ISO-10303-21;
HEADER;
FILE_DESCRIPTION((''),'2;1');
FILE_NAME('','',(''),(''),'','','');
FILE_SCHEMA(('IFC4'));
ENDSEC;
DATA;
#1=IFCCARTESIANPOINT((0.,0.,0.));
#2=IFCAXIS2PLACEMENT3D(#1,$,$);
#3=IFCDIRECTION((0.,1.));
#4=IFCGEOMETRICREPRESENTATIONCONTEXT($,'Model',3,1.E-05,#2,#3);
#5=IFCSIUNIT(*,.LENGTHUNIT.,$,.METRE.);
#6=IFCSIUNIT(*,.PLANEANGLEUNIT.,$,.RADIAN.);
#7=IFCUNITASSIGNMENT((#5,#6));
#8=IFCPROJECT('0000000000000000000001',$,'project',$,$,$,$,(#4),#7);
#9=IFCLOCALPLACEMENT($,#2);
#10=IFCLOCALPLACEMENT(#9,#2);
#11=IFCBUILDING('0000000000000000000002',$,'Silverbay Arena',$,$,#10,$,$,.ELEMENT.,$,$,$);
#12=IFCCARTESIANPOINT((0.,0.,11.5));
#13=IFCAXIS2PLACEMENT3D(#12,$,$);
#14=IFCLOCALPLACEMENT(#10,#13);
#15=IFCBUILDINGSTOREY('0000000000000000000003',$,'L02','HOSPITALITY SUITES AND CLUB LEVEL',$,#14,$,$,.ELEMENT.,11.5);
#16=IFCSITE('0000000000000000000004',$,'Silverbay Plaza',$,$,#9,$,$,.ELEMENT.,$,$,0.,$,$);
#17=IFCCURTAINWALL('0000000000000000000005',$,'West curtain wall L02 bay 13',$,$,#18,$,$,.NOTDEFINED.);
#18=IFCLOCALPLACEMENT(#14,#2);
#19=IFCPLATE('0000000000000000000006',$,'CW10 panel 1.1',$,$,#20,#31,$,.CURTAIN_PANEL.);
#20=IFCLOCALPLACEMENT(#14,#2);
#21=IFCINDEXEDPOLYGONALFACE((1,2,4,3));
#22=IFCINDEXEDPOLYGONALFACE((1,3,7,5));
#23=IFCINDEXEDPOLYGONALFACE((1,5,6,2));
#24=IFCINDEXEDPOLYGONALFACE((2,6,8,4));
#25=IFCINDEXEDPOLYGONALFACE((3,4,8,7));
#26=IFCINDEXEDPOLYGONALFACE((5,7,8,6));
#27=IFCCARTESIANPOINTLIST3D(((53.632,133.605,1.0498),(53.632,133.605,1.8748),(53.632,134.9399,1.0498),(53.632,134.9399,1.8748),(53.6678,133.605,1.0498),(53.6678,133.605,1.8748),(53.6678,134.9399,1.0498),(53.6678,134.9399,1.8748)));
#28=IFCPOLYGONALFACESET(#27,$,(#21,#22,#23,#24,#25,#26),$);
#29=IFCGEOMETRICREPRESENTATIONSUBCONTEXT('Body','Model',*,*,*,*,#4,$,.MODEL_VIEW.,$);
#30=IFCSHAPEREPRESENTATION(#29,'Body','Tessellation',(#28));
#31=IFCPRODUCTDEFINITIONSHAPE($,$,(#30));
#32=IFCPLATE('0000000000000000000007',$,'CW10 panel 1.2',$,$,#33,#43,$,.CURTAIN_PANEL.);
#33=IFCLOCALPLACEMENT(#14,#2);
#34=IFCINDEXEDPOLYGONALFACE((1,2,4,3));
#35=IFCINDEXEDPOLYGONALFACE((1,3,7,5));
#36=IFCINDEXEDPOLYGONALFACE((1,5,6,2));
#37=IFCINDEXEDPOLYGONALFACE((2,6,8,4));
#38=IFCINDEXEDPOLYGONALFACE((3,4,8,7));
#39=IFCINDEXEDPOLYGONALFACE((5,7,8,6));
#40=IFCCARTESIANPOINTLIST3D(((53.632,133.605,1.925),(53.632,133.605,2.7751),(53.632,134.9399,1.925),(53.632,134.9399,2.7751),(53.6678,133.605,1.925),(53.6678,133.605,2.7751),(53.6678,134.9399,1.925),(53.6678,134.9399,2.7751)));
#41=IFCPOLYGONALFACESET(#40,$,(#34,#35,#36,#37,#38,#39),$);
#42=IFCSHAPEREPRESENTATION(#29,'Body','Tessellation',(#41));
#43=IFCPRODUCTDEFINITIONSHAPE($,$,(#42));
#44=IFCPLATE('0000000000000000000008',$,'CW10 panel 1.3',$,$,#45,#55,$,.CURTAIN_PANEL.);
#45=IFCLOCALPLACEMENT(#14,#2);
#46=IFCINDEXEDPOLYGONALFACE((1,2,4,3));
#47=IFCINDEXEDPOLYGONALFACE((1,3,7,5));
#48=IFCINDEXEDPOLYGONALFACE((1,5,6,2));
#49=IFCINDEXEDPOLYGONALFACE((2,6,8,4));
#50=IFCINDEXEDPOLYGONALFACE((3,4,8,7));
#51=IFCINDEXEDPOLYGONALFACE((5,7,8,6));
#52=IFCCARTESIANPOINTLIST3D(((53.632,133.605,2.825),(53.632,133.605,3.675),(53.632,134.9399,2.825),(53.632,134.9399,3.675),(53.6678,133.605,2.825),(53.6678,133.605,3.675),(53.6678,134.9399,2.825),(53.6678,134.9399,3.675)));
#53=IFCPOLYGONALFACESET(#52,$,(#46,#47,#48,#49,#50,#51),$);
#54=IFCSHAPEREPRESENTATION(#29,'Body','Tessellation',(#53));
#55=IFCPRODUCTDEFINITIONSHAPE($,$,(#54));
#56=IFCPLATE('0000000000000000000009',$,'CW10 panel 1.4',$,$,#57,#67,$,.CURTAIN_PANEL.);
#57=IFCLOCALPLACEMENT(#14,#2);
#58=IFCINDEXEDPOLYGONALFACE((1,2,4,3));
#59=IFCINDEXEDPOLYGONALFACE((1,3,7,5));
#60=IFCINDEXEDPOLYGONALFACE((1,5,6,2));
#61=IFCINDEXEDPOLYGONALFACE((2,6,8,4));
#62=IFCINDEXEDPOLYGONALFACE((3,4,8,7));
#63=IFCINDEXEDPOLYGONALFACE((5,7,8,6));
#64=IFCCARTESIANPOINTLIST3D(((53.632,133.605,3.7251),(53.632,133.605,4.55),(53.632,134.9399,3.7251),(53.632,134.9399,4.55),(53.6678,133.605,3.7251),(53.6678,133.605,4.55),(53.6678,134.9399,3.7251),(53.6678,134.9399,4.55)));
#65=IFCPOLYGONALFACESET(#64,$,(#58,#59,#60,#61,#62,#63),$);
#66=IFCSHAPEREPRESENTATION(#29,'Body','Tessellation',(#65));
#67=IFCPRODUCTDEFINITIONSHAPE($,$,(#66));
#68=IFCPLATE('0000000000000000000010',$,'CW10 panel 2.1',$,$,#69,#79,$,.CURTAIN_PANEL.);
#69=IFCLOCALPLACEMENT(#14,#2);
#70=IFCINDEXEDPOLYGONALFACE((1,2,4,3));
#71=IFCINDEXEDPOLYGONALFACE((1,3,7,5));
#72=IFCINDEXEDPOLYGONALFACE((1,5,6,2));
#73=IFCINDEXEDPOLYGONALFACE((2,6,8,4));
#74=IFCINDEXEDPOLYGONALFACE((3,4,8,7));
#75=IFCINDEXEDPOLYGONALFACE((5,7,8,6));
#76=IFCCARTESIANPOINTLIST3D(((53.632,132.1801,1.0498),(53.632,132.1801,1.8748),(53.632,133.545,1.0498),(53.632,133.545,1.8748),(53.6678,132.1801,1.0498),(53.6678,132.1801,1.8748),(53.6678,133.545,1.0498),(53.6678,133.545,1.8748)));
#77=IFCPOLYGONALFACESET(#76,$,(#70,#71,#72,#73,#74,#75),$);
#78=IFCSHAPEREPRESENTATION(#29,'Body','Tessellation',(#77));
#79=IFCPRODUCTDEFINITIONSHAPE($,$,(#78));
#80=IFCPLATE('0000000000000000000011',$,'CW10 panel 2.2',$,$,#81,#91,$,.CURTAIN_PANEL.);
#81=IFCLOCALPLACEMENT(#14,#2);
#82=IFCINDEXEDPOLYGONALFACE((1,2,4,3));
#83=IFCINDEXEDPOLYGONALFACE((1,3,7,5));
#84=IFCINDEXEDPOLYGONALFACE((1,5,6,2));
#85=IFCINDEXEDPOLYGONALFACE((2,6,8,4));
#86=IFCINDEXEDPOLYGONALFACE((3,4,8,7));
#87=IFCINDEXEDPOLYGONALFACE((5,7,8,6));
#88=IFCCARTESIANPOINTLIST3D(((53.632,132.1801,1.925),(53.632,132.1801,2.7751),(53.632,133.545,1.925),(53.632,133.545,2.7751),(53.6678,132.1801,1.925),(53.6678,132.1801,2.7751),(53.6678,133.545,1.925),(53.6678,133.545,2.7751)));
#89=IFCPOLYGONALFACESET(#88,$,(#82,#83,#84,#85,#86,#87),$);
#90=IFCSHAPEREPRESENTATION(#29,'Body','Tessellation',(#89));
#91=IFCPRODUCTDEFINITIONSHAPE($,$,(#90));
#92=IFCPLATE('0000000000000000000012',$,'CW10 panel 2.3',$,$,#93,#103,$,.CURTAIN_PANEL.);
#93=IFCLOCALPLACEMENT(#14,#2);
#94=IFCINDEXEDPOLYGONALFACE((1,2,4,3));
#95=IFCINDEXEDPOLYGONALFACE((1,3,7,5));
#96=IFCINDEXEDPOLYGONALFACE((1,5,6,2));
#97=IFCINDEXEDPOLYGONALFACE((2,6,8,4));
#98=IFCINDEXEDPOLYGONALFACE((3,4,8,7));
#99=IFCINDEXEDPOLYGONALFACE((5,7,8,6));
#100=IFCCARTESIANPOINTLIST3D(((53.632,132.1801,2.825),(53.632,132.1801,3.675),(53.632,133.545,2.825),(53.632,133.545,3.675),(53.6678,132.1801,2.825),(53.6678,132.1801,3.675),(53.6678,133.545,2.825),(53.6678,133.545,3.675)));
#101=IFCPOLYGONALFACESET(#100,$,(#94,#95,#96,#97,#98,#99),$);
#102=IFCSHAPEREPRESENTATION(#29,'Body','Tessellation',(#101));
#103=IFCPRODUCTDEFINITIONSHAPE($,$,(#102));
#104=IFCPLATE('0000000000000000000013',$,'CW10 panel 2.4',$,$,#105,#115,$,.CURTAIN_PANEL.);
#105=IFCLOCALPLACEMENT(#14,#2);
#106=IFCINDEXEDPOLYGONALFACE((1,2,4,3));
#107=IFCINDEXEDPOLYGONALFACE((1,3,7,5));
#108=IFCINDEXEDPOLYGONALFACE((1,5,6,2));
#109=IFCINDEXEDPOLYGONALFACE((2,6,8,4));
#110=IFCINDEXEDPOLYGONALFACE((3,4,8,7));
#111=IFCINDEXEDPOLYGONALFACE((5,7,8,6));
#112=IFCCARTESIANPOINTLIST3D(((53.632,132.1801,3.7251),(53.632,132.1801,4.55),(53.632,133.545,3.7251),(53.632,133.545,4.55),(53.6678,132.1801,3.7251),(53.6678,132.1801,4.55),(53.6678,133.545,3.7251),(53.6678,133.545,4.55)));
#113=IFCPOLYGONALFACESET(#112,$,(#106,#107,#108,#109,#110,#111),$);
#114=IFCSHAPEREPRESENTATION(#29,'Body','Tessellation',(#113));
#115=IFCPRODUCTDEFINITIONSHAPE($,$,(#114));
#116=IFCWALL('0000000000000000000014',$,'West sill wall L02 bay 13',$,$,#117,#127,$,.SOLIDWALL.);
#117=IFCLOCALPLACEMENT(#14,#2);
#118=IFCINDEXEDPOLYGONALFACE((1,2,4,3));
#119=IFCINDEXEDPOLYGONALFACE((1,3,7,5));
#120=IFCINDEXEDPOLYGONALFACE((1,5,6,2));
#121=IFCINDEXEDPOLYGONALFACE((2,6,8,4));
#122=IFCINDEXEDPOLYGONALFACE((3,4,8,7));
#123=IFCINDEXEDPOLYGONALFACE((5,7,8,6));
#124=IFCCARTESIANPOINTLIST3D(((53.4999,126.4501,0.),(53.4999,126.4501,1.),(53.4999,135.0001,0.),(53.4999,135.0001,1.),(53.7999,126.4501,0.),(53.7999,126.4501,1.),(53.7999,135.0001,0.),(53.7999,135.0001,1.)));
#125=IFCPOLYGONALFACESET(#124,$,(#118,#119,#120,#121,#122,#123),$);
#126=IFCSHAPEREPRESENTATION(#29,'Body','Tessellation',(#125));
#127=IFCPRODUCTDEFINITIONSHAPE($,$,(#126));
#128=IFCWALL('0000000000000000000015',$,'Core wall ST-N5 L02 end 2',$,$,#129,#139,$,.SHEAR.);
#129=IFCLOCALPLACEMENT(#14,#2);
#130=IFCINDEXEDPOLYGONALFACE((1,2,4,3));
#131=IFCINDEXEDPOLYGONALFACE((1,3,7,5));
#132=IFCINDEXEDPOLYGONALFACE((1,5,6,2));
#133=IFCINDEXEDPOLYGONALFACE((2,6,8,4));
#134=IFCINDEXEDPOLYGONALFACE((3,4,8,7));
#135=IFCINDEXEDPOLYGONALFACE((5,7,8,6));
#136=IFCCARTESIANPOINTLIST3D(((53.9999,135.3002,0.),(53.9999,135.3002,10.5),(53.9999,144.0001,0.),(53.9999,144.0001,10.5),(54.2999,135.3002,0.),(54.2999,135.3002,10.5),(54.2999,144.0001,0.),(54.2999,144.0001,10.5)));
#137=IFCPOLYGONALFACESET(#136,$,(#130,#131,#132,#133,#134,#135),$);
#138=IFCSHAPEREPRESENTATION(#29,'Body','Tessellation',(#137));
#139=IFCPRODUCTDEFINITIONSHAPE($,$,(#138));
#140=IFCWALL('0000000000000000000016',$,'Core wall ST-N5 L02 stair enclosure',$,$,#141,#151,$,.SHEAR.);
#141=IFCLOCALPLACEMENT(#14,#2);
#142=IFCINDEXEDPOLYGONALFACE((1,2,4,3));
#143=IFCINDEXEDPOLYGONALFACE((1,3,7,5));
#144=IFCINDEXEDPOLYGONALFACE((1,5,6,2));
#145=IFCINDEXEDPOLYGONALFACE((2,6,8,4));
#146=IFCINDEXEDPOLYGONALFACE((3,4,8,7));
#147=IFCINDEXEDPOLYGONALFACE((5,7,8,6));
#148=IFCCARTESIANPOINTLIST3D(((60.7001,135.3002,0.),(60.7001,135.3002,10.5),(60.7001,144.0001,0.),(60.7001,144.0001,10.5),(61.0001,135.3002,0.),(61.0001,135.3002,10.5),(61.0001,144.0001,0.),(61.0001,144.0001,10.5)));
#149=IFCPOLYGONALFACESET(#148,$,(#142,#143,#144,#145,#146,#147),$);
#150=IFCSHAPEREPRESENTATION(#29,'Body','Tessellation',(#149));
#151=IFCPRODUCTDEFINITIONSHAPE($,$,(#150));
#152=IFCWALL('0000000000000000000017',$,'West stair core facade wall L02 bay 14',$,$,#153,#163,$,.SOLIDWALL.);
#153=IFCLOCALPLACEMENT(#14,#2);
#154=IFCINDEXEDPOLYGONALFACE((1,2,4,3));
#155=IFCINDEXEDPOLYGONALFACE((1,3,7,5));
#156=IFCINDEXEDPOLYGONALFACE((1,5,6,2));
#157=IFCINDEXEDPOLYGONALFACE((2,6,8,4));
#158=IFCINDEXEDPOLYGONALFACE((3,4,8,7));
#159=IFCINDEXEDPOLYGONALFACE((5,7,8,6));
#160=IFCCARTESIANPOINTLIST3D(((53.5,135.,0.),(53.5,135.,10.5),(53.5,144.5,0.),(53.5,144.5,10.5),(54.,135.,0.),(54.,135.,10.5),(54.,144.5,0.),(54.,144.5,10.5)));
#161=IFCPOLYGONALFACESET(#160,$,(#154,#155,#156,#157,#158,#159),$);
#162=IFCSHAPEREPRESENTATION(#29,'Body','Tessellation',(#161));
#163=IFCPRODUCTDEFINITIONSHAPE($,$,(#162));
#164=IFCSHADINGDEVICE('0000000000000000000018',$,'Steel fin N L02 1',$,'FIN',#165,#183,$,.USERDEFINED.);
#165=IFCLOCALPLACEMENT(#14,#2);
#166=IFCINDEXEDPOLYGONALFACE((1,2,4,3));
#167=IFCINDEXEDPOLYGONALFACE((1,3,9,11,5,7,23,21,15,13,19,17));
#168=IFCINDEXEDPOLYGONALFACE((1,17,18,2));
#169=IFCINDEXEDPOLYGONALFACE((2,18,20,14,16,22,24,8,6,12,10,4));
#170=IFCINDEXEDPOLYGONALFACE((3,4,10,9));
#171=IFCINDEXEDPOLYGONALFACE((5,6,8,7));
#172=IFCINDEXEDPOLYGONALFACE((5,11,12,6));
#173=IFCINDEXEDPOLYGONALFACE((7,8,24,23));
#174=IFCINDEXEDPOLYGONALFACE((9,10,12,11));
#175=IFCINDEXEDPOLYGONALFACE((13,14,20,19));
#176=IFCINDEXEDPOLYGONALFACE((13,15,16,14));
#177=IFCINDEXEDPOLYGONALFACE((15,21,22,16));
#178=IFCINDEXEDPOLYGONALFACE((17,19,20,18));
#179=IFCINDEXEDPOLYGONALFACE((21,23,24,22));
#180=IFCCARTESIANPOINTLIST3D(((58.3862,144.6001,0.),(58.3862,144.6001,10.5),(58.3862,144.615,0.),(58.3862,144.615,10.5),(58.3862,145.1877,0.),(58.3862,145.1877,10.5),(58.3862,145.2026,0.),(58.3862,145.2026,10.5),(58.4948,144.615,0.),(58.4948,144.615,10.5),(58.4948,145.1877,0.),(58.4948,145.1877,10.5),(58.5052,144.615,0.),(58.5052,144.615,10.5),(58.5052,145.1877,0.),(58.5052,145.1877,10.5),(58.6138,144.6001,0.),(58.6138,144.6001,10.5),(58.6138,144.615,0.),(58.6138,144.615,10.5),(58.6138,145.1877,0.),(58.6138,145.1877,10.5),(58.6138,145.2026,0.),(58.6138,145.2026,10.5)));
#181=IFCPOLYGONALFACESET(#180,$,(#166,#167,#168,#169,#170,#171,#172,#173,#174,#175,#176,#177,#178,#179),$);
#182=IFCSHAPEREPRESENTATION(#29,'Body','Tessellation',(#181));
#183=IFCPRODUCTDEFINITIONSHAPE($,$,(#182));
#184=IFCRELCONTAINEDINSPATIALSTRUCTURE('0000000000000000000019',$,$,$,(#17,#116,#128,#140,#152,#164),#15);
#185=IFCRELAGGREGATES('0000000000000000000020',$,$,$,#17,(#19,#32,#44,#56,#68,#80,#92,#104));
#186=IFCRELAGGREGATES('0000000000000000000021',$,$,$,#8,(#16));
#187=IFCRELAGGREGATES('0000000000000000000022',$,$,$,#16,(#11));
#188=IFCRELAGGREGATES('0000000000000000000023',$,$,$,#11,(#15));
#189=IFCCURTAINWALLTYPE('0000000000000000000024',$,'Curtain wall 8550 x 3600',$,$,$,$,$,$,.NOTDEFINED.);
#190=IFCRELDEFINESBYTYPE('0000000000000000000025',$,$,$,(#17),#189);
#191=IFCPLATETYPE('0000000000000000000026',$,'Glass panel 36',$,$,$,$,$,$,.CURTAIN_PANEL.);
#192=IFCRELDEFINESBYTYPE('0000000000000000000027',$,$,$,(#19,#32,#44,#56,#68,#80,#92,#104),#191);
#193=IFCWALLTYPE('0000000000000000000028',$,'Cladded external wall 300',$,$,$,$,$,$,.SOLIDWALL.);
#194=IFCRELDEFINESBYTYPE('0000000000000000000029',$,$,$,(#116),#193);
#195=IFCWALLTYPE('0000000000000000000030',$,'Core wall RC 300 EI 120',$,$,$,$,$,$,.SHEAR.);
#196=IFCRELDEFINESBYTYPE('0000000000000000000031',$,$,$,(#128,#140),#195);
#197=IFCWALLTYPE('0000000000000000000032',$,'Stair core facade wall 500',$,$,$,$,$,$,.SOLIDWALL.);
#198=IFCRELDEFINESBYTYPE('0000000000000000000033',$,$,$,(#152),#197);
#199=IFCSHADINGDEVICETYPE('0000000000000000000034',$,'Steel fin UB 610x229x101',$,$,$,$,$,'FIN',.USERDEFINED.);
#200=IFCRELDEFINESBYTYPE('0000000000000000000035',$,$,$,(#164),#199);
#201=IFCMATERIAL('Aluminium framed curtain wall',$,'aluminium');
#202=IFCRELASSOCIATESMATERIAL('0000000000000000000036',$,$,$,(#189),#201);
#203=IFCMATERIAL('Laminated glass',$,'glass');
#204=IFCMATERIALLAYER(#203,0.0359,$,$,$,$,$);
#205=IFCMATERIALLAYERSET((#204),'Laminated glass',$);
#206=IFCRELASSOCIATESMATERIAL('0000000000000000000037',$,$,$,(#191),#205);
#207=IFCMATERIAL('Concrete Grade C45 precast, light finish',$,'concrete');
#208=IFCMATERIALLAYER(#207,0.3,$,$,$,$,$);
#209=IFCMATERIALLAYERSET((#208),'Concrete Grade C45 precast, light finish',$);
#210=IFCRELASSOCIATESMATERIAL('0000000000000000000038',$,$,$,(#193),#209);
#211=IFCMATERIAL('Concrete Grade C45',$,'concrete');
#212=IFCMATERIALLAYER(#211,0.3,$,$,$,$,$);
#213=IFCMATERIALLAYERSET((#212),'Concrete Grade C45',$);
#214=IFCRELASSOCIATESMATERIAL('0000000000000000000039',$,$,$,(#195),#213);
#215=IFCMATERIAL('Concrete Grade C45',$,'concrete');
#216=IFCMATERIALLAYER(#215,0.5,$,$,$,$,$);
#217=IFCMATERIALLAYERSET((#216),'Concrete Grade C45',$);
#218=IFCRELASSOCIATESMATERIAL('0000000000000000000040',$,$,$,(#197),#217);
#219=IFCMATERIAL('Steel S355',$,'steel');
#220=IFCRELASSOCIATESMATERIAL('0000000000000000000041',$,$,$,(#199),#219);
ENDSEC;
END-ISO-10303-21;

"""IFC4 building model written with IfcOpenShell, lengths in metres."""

from ifc_helpers import new_model, si_unit, direction, frame, frame_2d, origin, origin_2d, place, context, subcontext, project, spatial, rectangle, i_section, extrude, material, layer, layer_set, material_profile, profile_set, type_object, element, aggregate, save


model = new_model("IFC4")

# Units and contexts
model_context = context("Model", 3, precision=1e-05, world=origin(), true_north=direction((0.0, 1.0)))
body_context = subcontext(model_context, "Body", "Model", "MODEL_VIEW")
ifc_project = project(units=[si_unit("LENGTHUNIT", "METRE"), si_unit("PLANEANGLEUNIT", "RADIAN")], contexts=[model_context])

# Site, building, storey
site_placement = place(None, origin())
site = spatial("IfcSite", under=ifc_project, at=site_placement, Name="Silverbay Plaza", CompositionType="ELEMENT", RefElevation=0.0)
building_placement = place(site_placement, origin())
building = spatial("IfcBuilding", under=site, at=building_placement, Name="Silverbay Arena", CompositionType="ELEMENT")
storey_placement = place(building_placement, frame((0.0, 0.0, 11.5)))
storey = spatial("IfcBuildingStorey", under=building, at=storey_placement, Name="L02", Description="HOSPITALITY SUITES AND CLUB LEVEL", CompositionType="ELEMENT", Elevation=11.5)

# Curtain wall, plates
ifc_material_1 = material(Name="Aluminium framed curtain wall", Category="aluminium")
curtain_wall_type = type_object("IfcCurtainWallType", Name="Curtain wall 8550 x 3600", PredefinedType="NOTDEFINED", material=ifc_material_1)
curtain_wall_placement = place(storey_placement, origin())
curtain_wall = element("IfcCurtainWall", 1, at=curtain_wall_placement, inside=storey, type_object=curtain_wall_type, Name="West curtain wall L02 bay 13", PredefinedType="NOTDEFINED")
ifc_material_2 = material(Name="Laminated glass", Category="glass")
ifc_layer_1 = layer(ifc_material_2, 0.0359)
ifc_layer_set_1 = layer_set([ifc_layer_1], Name="Laminated glass")
plate_type = type_object("IfcPlateType", Name="Glass panel 36", PredefinedType="CURTAIN_PANEL", material=ifc_layer_set_1)
plate_1_placement = place(storey_placement, frame((53.6499, 134.2725, 1.0498), z_axis=(0.0, 0.0, 1.0), x_axis=(0.0, -1.0, 0.0)))
plate_1 = element("IfcPlate", 2, at=plate_1_placement, type_object=plate_type, Name="CW10 panel 1.1", PredefinedType="CURTAIN_PANEL", context=body_context, shape_type="SweptSolid", body=[
    extrude(rectangle(XDim=1.335, YDim=0.0359, at=origin_2d()), origin(), (0.0, 0.0, 1.0), 0.825),
])
plate_2_placement = place(storey_placement, frame((53.6499, 134.2725, 1.925), z_axis=(0.0, 0.0, 1.0), x_axis=(0.0, -1.0, 0.0)))
plate_2 = element("IfcPlate", 3, at=plate_2_placement, type_object=plate_type, Name="CW10 panel 1.2", PredefinedType="CURTAIN_PANEL", context=body_context, shape_type="SweptSolid", body=[
    extrude(rectangle(XDim=1.335, YDim=0.0359, at=origin_2d()), origin(), (0.0, 0.0, 1.0), 0.8501),
])
plate_3_placement = place(storey_placement, frame((53.6499, 134.2725, 2.825), z_axis=(0.0, 0.0, 1.0), x_axis=(0.0, -1.0, 0.0)))
plate_3 = element("IfcPlate", 4, at=plate_3_placement, type_object=plate_type, Name="CW10 panel 1.3", PredefinedType="CURTAIN_PANEL", context=body_context, shape_type="SweptSolid", body=[
    extrude(rectangle(XDim=1.335, YDim=0.0359, at=origin_2d()), origin(), (0.0, 0.0, 1.0), 0.8501),
])
plate_4_placement = place(storey_placement, frame((53.6499, 134.2725, 3.7251), z_axis=(0.0, 0.0, 1.0), x_axis=(0.0, -1.0, 0.0)))
plate_4 = element("IfcPlate", 5, at=plate_4_placement, type_object=plate_type, Name="CW10 panel 1.4", PredefinedType="CURTAIN_PANEL", context=body_context, shape_type="SweptSolid", body=[
    extrude(rectangle(XDim=1.335, YDim=0.0359, at=origin_2d()), origin(), (0.0, 0.0, 1.0), 0.825),
])
plate_5_placement = place(storey_placement, frame((53.6499, 132.8625, 1.0498), z_axis=(0.0, 0.0, 1.0), x_axis=(0.0, -1.0, 0.0)))
plate_5 = element("IfcPlate", 6, at=plate_5_placement, type_object=plate_type, Name="CW10 panel 2.1", PredefinedType="CURTAIN_PANEL", context=body_context, shape_type="SweptSolid", body=[
    extrude(rectangle(XDim=1.365, YDim=0.0359, at=origin_2d()), origin(), (0.0, 0.0, 1.0), 0.825),
])
plate_6_placement = place(storey_placement, frame((53.6499, 132.8625, 1.925), z_axis=(0.0, 0.0, 1.0), x_axis=(0.0, -1.0, 0.0)))
plate_6 = element("IfcPlate", 7, at=plate_6_placement, type_object=plate_type, Name="CW10 panel 2.2", PredefinedType="CURTAIN_PANEL", context=body_context, shape_type="SweptSolid", body=[
    extrude(rectangle(XDim=1.365, YDim=0.0359, at=origin_2d()), origin(), (0.0, 0.0, 1.0), 0.8501),
])
plate_7_placement = place(storey_placement, frame((53.6499, 132.8625, 2.825), z_axis=(0.0, 0.0, 1.0), x_axis=(0.0, -1.0, 0.0)))
plate_7 = element("IfcPlate", 8, at=plate_7_placement, type_object=plate_type, Name="CW10 panel 2.3", PredefinedType="CURTAIN_PANEL", context=body_context, shape_type="SweptSolid", body=[
    extrude(rectangle(XDim=1.365, YDim=0.0359, at=origin_2d()), origin(), (0.0, 0.0, 1.0), 0.8501),
])
plate_8_placement = place(storey_placement, frame((53.6499, 132.8625, 3.7251), z_axis=(0.0, 0.0, 1.0), x_axis=(0.0, -1.0, 0.0)))
plate_8 = element("IfcPlate", 9, at=plate_8_placement, type_object=plate_type, Name="CW10 panel 2.4", PredefinedType="CURTAIN_PANEL", context=body_context, shape_type="SweptSolid", body=[
    extrude(rectangle(XDim=1.365, YDim=0.0359, at=origin_2d()), origin(), (0.0, 0.0, 1.0), 0.825),
])
aggregate(curtain_wall, [plate_1, plate_2, plate_3, plate_4, plate_5, plate_6, plate_7, plate_8])

# Walls
ifc_material_3 = material(Name="Concrete Grade C45 precast, light finish", Category="concrete")
ifc_layer_2 = layer(ifc_material_3, 0.3)
ifc_layer_set_2 = layer_set([ifc_layer_2], Name="Concrete Grade C45 precast, light finish")
wall_type_1 = type_object("IfcWallType", Name="Cladded external wall 300", PredefinedType="SOLIDWALL", material=ifc_layer_set_2)
wall_1_placement = place(storey_placement, frame((53.6499, 135.0, 0.0), z_axis=(0.0, 0.0, 1.0), x_axis=(0.0, -1.0, 0.0)))
element("IfcWall", 10, at=wall_1_placement, inside=storey, type_object=wall_type_1, Name="West sill wall L02 bay 13", PredefinedType="SOLIDWALL", context=body_context, shape_type="SweptSolid", body=[
    extrude(rectangle(XDim=8.55, YDim=0.3, at=frame_2d((4.2749, 0.0))), origin(), (0.0, 0.0, 1.0), 1.0),
])
ifc_material_4 = material(Name="Concrete Grade C45", Category="concrete")
ifc_layer_3 = layer(ifc_material_4, 0.3)
ifc_layer_set_3 = layer_set([ifc_layer_3], Name="Concrete Grade C45")
wall_type_2 = type_object("IfcWallType", Name="Core wall RC 300 EI 120", PredefinedType="SHEAR", material=ifc_layer_set_3)
for number, where, z_axis, x_axis, name in (
    (11, (54.1499, 135.3, 0.0), (0.0, 0.0, 1.0), (0.0, 1.0, 0.0), "Core wall ST-N5 L02 end 2"),
    (12, (60.8501, 135.3, 0.0), (0.0, 0.0, 1.0), (0.0, 1.0, 0.0), "Core wall ST-N5 L02 stair enclosure"),
):
    element("IfcWall", number, at=place(storey_placement, frame(where, z_axis=z_axis, x_axis=x_axis)), inside=storey, type_object=wall_type_2, Name=name, PredefinedType="SHEAR", context=body_context, shape_type="SweptSolid", body=[
        extrude(rectangle(XDim=8.7, YDim=0.3, at=frame_2d((4.3501, 0.0))), origin(), (0.0, 0.0, 1.0), 10.5),
    ])
ifc_material_5 = material(Name="Concrete Grade C45", Category="concrete")
ifc_layer_4 = layer(ifc_material_5, 0.5)
ifc_layer_set_4 = layer_set([ifc_layer_4], Name="Concrete Grade C45")
wall_type_3 = type_object("IfcWallType", Name="Stair core facade wall 500", PredefinedType="SOLIDWALL", material=ifc_layer_set_4)
wall_2_placement = place(storey_placement, frame((53.75, 144.5, 0.0), z_axis=(0.0, 0.0, 1.0), x_axis=(0.0, -1.0, 0.0)))
element("IfcWall", 13, at=wall_2_placement, inside=storey, type_object=wall_type_3, Name="West stair core facade wall L02 bay 14", PredefinedType="SOLIDWALL", context=body_context, shape_type="SweptSolid", body=[
    extrude(rectangle(XDim=9.5, YDim=0.5, at=frame_2d((4.75, 0.0))), origin(), (0.0, 0.0, 1.0), 10.5),
])

# Shading device
ifc_material_6 = material(Name="Steel S355", Category="steel")
ifc_material_profile_1 = material_profile(ifc_material_6, i_section(OverallWidth=0.2275, OverallDepth=0.6025, WebThickness=0.0105, FlangeThickness=0.0149, at=origin_2d()), Name="UB 610x229x101")
ifc_profile_set_1 = profile_set([ifc_material_profile_1], Name="Steel S355")
shading_device_type = type_object("IfcShadingDeviceType", Name="Steel fin UB 610x229x101", ElementType="FIN", PredefinedType="USERDEFINED", material=ifc_profile_set_1)
for number, where, z_axis, x_axis, name in (
    (14, (58.5, 144.9014, 0.0), (0.0, 0.0, 1.0), (1.0, 0.0, 0.0), "Steel fin N L02 1"),
):
    element("IfcShadingDevice", number, at=place(storey_placement, frame(where, z_axis=z_axis, x_axis=x_axis)), inside=storey, type_object=shading_device_type, Name=name, ObjectType="FIN", PredefinedType="USERDEFINED", context=body_context, shape_type="SweptSolid", body=[
        extrude(i_section(OverallWidth=0.2275, OverallDepth=0.6025, WebThickness=0.0105, FlangeThickness=0.0149, at=origin_2d()), origin(), (0.0, 0.0, 1.0), 10.5),
    ])

save(model, "model.ifc")
